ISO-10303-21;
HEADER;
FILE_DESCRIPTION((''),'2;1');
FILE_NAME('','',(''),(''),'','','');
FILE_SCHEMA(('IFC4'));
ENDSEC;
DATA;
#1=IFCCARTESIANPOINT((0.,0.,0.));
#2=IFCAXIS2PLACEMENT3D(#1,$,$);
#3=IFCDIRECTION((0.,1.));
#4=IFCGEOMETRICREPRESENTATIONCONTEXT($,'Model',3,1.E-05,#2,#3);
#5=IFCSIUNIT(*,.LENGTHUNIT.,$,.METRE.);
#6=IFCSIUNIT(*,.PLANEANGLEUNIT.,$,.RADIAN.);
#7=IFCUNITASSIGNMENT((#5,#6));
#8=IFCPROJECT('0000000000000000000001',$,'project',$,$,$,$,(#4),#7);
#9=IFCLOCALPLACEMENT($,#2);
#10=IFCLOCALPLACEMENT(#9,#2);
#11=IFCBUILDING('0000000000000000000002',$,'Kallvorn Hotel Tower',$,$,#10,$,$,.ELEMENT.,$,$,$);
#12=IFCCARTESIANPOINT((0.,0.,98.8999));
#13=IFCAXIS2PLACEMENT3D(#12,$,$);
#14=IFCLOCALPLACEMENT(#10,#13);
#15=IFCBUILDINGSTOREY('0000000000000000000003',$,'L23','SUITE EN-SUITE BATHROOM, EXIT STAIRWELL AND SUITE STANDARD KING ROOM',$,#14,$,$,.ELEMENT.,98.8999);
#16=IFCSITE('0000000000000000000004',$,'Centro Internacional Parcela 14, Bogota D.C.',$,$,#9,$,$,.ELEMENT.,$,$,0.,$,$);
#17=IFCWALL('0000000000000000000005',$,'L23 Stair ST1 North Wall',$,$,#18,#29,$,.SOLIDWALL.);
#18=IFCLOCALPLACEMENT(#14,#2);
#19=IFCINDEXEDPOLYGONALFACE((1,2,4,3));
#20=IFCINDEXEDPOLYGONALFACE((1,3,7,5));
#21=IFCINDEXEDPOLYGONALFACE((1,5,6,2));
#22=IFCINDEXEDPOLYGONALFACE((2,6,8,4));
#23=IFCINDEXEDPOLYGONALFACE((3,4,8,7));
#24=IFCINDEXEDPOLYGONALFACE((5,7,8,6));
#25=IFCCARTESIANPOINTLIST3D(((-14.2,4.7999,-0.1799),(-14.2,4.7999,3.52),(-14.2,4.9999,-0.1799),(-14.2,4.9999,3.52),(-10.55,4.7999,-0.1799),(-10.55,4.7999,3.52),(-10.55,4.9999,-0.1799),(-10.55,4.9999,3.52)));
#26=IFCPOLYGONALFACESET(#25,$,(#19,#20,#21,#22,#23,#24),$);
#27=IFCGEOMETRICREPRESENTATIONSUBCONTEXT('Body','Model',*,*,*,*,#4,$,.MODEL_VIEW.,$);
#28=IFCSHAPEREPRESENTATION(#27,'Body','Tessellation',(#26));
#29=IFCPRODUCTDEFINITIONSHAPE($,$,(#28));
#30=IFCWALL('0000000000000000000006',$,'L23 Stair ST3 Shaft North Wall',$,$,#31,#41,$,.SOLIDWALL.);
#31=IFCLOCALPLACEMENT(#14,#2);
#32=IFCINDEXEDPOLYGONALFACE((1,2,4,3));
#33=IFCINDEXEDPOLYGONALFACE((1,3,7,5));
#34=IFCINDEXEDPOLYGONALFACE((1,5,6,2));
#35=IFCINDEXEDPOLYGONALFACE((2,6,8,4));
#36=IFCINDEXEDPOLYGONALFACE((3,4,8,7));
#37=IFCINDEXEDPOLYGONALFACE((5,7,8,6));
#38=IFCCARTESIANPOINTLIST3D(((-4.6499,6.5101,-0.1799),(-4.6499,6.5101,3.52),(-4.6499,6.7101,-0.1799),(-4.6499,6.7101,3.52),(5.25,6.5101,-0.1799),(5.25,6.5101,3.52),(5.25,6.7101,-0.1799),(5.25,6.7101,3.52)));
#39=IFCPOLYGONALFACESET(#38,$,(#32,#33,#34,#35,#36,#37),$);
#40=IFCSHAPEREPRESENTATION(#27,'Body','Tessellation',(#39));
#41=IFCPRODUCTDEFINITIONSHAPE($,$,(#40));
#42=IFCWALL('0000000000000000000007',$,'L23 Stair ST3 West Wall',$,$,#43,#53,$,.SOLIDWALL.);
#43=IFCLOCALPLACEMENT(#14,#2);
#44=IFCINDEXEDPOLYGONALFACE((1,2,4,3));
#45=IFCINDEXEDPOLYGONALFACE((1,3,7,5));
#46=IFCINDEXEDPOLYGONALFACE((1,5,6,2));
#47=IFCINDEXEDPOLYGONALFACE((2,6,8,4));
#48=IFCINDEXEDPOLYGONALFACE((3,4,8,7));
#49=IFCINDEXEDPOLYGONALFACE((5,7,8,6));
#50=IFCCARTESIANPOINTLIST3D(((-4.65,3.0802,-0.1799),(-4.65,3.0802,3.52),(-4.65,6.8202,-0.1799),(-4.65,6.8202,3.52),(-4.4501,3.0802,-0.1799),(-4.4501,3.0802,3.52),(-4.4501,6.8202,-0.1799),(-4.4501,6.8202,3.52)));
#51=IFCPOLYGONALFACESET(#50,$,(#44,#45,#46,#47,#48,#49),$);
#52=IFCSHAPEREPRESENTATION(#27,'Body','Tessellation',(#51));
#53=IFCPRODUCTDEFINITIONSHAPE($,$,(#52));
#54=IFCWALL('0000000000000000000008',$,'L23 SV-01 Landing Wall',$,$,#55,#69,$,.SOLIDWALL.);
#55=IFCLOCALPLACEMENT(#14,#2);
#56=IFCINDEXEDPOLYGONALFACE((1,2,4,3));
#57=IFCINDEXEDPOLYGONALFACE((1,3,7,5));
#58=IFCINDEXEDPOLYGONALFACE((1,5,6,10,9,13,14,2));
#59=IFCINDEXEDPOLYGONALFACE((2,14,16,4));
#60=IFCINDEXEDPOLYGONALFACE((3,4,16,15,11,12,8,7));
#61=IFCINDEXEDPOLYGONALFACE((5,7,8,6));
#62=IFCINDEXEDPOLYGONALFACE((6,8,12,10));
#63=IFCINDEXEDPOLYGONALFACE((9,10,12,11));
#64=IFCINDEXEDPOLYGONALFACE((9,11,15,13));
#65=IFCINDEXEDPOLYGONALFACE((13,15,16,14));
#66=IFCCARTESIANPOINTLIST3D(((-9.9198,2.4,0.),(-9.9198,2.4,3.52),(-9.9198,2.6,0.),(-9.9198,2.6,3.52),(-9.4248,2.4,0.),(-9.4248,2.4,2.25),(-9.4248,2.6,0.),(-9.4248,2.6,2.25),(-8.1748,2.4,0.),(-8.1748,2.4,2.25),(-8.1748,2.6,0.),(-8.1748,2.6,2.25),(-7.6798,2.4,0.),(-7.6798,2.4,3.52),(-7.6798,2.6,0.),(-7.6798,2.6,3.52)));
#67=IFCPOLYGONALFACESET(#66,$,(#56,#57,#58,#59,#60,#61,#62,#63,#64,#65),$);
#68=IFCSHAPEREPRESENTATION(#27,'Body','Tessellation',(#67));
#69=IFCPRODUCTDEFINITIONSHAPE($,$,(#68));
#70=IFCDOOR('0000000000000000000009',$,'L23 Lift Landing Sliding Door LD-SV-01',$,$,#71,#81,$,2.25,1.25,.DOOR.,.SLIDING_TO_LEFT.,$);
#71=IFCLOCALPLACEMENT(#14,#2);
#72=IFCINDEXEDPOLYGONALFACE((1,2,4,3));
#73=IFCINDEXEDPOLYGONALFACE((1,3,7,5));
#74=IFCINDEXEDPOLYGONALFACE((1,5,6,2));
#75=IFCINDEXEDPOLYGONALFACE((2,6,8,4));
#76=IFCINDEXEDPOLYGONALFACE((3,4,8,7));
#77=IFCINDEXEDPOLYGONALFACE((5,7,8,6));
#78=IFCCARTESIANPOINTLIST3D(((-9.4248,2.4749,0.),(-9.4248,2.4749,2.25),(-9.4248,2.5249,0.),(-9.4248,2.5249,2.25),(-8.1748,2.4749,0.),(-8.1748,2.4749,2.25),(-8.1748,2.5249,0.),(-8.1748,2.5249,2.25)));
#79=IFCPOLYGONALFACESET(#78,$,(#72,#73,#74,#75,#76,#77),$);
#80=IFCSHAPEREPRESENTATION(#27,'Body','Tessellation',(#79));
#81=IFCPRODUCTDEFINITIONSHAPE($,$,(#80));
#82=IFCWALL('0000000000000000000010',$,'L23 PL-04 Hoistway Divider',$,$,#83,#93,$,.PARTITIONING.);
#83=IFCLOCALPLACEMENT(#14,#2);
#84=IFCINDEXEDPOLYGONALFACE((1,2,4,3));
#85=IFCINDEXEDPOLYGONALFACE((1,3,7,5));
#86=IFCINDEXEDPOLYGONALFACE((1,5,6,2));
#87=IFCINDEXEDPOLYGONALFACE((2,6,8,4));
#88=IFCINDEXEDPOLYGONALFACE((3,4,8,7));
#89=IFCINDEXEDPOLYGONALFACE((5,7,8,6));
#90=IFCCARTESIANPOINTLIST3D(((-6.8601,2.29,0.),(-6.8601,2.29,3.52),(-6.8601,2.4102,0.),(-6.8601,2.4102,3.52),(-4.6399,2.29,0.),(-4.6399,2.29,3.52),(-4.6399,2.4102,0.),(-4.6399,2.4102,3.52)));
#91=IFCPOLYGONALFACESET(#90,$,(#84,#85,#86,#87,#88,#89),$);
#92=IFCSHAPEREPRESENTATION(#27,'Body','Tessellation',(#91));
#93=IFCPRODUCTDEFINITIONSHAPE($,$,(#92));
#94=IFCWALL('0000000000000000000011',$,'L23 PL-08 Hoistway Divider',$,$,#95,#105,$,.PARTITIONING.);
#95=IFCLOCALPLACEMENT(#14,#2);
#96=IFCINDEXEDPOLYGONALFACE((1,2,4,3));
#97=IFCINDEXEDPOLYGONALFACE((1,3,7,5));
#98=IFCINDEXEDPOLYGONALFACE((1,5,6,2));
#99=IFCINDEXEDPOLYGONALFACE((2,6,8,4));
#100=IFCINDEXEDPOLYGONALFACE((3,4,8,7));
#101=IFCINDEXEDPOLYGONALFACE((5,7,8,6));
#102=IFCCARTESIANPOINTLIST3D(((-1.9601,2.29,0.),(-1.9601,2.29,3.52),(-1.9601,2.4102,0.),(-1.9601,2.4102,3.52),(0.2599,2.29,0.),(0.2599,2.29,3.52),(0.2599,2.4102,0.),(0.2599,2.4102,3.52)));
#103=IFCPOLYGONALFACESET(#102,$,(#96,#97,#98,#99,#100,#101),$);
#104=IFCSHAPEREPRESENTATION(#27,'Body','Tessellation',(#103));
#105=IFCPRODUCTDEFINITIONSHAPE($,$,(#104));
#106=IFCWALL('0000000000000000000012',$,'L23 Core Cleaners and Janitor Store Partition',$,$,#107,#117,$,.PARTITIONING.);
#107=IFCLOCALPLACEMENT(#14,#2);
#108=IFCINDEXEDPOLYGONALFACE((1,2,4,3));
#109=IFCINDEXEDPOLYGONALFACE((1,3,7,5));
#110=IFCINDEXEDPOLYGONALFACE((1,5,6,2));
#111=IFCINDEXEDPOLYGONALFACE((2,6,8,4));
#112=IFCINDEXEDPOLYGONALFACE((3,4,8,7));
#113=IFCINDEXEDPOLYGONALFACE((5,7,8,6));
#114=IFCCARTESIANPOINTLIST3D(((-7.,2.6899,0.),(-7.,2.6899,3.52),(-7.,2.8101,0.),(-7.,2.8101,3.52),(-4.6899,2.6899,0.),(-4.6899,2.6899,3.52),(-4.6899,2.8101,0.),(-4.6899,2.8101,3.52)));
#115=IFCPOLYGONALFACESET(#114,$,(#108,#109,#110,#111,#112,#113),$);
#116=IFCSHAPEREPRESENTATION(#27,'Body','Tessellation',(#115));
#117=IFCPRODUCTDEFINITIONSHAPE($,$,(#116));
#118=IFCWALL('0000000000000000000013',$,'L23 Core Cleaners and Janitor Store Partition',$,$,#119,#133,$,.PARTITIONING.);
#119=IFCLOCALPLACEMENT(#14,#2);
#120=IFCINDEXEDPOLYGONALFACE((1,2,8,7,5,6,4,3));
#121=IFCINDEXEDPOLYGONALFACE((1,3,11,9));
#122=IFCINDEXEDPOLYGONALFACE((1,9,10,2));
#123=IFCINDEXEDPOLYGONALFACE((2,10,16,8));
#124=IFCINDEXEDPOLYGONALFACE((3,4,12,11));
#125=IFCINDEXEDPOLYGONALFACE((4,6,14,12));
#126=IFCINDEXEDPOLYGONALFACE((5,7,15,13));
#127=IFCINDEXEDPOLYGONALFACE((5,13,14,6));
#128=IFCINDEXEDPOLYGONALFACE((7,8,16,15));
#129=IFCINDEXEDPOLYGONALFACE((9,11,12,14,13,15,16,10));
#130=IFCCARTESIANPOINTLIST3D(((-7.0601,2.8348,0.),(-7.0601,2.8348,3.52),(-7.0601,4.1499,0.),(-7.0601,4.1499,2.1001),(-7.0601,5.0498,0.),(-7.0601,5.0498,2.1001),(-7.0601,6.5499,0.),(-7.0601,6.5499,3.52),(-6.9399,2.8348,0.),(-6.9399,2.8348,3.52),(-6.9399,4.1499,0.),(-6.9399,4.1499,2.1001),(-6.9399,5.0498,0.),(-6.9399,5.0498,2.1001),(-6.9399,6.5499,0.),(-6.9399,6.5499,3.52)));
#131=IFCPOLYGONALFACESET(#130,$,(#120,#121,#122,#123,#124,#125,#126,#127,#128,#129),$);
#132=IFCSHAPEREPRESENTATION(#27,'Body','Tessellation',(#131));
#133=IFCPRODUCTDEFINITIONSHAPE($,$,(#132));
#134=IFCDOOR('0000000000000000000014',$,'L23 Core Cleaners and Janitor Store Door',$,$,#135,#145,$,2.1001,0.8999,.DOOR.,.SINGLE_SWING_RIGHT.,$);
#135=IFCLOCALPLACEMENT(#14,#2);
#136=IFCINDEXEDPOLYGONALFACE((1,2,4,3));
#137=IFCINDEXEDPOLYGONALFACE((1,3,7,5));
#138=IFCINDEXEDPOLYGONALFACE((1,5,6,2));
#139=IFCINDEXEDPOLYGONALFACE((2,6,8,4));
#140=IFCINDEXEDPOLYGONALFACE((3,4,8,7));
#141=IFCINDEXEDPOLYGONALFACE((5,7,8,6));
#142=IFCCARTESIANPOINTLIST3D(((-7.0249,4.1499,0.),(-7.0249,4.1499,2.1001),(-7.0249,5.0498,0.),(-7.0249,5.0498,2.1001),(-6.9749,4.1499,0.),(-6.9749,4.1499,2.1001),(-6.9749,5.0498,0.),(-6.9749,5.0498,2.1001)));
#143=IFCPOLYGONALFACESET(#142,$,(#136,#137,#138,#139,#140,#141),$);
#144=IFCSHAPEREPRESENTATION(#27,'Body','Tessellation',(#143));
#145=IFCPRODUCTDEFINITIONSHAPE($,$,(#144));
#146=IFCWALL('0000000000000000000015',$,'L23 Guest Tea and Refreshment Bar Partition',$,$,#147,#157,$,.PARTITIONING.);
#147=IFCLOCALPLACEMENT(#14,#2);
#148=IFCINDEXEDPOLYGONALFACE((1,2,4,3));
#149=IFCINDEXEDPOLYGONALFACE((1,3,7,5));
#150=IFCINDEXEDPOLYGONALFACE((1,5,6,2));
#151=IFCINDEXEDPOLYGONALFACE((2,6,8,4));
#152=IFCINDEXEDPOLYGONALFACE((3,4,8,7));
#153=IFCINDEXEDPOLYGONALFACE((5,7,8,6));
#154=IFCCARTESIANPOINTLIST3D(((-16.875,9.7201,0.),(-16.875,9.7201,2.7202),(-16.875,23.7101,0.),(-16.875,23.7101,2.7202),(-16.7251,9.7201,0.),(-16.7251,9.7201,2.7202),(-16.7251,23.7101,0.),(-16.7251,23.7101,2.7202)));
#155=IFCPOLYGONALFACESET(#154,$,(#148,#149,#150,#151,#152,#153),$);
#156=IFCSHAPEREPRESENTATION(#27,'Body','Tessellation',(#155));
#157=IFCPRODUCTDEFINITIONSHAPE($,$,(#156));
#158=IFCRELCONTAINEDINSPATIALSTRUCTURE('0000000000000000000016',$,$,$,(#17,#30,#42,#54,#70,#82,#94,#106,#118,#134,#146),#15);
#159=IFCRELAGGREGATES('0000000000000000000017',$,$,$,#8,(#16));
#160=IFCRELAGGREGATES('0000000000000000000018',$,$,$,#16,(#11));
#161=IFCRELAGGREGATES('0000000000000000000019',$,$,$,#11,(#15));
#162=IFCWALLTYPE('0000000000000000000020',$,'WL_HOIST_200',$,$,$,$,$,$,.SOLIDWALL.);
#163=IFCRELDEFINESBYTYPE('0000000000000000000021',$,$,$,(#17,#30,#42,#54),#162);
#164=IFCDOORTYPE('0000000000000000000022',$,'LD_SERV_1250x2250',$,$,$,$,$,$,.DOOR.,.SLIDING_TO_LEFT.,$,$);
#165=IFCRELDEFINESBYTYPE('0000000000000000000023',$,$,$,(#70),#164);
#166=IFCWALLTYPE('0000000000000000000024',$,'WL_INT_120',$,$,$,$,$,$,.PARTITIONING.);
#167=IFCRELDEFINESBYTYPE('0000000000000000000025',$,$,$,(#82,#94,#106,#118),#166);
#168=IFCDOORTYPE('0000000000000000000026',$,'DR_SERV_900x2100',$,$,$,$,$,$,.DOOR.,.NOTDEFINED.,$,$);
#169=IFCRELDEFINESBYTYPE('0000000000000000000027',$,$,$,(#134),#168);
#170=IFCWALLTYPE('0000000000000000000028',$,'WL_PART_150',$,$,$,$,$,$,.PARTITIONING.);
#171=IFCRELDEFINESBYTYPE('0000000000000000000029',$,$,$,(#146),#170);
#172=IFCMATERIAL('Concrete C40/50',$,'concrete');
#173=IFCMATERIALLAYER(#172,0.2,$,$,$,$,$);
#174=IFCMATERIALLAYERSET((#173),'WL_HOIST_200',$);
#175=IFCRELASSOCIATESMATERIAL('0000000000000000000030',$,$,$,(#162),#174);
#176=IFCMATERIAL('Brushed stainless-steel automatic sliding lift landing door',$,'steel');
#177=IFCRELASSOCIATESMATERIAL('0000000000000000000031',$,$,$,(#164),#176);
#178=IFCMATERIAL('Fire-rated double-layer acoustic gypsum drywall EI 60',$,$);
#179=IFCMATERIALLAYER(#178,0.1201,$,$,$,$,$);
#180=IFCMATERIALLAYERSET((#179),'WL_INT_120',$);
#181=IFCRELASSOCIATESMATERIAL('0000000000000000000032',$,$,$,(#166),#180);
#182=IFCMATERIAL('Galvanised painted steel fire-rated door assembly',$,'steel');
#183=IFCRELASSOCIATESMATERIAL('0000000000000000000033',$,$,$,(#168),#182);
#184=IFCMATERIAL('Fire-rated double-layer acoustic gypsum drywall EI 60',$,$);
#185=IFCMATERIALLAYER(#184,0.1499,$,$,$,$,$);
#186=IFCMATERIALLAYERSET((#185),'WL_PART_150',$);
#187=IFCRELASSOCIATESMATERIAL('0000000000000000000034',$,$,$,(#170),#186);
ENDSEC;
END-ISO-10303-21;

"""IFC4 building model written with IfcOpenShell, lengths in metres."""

from ifc_helpers import new_model, si_unit, direction, frame, frame_2d, origin, place, context, subcontext, project, spatial, rectangle, extrude, material, layer, layer_set, type_object, element, fill, save


model = new_model("IFC4")

# Units and contexts
model_context = context("Model", 3, precision=1e-05, world=origin(), true_north=direction((0.0, 1.0)))
body_context = subcontext(model_context, "Body", "Model", "MODEL_VIEW")
ifc_project = project(units=[si_unit("LENGTHUNIT", "METRE"), si_unit("PLANEANGLEUNIT", "RADIAN")], contexts=[model_context])

# Site, building, storey
site_placement = place(None, origin())
site = spatial("IfcSite", under=ifc_project, at=site_placement, Name="Centro Internacional Parcela 14, Bogota D.C.", CompositionType="ELEMENT", RefElevation=0.0)
building_placement = place(site_placement, origin())
building = spatial("IfcBuilding", under=site, at=building_placement, Name="Kallvorn Hotel Tower", CompositionType="ELEMENT")
storey_placement = place(building_placement, frame((0.0, 0.0, 98.8999)))
storey = spatial("IfcBuildingStorey", under=building, at=storey_placement, Name="L23", Description="SUITE EN-SUITE BATHROOM, EXIT STAIRWELL AND SUITE STANDARD KING ROOM", CompositionType="ELEMENT", Elevation=98.8999)

# Walls
ifc_material_1 = material(Name="Concrete C40/50", Category="concrete")
ifc_layer_1 = layer(ifc_material_1, 0.2)
ifc_layer_set_1 = layer_set([ifc_layer_1], Name="WL_HOIST_200")
wall_type_1 = type_object("IfcWallType", Name="WL_HOIST_200", PredefinedType="SOLIDWALL", material=ifc_layer_set_1)
wall_1_placement = place(storey_placement, frame((-14.2, 4.8999, -0.1799), z_axis=(0.0, 0.0, 1.0), x_axis=(1.0, 0.0, 0.0)))
element("IfcWall", 1, at=wall_1_placement, inside=storey, type_object=wall_type_1, Name="L23 Stair ST1 North Wall", PredefinedType="SOLIDWALL", context=body_context, shape_type="SweptSolid", body=[
    extrude(rectangle(XDim=3.6499, YDim=0.2, at=frame_2d((1.825, 0.0))), origin(), (0.0, 0.0, 1.0), 3.7),
])
wall_2_placement = place(storey_placement, frame((-4.6499, 6.6101, -0.1799), z_axis=(0.0, 0.0, 1.0), x_axis=(1.0, 0.0, 0.0)))
element("IfcWall", 2, at=wall_2_placement, inside=storey, type_object=wall_type_1, Name="L23 Stair ST3 Shaft North Wall", PredefinedType="SOLIDWALL", context=body_context, shape_type="SweptSolid", body=[
    extrude(rectangle(XDim=9.8999, YDim=0.2, at=frame_2d((4.95, 0.0))), origin(), (0.0, 0.0, 1.0), 3.7),
])
wall_3_placement = place(storey_placement, frame((-4.55, 3.0801, -0.1799), z_axis=(0.0, 0.0, 1.0), x_axis=(0.0, 1.0, 0.0)))
element("IfcWall", 3, at=wall_3_placement, inside=storey, type_object=wall_type_1, Name="L23 Stair ST3 West Wall", PredefinedType="SOLIDWALL", context=body_context, shape_type="SweptSolid", body=[
    extrude(rectangle(XDim=3.74, YDim=0.2, at=frame_2d((1.8701, 0.0))), origin(), (0.0, 0.0, 1.0), 3.7),
])

# Wall, opening, door
wall_4_placement = place(storey_placement, frame((-9.9199, 2.5, 0.0), z_axis=(0.0, 0.0, 1.0), x_axis=(1.0, 0.0, 0.0)))
wall_4 = element("IfcWall", 4, at=wall_4_placement, inside=storey, type_object=wall_type_1, Name="L23 SV-01 Landing Wall", PredefinedType="SOLIDWALL", context=body_context, shape_type="SweptSolid", body=[
    extrude(rectangle(XDim=2.24, YDim=0.2, at=frame_2d((1.1201, 0.0))), origin(), (0.0, 0.0, 1.0), 3.52),
])
opening_1_placement = place(wall_4_placement, frame((0.4951, 0.0, 0.0)))
opening_1 = element("IfcOpeningElement", 5, at=opening_1_placement, cuts=wall_4, PredefinedType="OPENING", context=body_context, shape_type="SweptSolid", body=[
    extrude(rectangle(XDim=1.25, YDim=2.25, at=frame_2d((0.625, 1.125))), frame((0.0, 0.115, 0.0), z_axis=(0.0, -1.0, 0.0), x_axis=(1.0, 0.0, 0.0)), (0.0, 0.0, 1.0), 0.23),
])
ifc_material_2 = material(Name="Brushed stainless-steel automatic sliding lift landing door", Category="steel")
door_type_1 = type_object("IfcDoorType", Name="LD_SERV_1250x2250", OperationType="SLIDING_TO_LEFT", PredefinedType="DOOR", material=ifc_material_2)
door_1_placement = place(opening_1_placement, origin())
door_1 = element("IfcDoor", 6, at=door_1_placement, inside=storey, type_object=door_type_1, Name="L23 Lift Landing Sliding Door LD-SV-01", OperationType="SLIDING_TO_LEFT", OverallHeight=2.25, OverallWidth=1.25, PredefinedType="DOOR", context=body_context, shape_type="SweptSolid", body=[
    extrude(rectangle(XDim=1.25, YDim=2.25, at=frame_2d((0.625, 1.125))), frame((0.0, 0.0249, 0.0), z_axis=(0.0, -1.0, 0.0), x_axis=(1.0, 0.0, 0.0)), (0.0, 0.0, 1.0), 0.05),
])
fill(opening_1, door_1)

# Walls
ifc_material_3 = material(Name="Fire-rated double-layer acoustic gypsum drywall EI 60")
ifc_layer_2 = layer(ifc_material_3, 0.1201)
ifc_layer_set_2 = layer_set([ifc_layer_2], Name="WL_INT_120")
wall_type_2 = type_object("IfcWallType", Name="WL_INT_120", PredefinedType="PARTITIONING", material=ifc_layer_set_2)
wall_5_placement = place(storey_placement, frame((-6.8601, 2.3501, 0.0), z_axis=(0.0, 0.0, 1.0), x_axis=(1.0, 0.0, 0.0)))
element("IfcWall", 7, at=wall_5_placement, inside=storey, type_object=wall_type_2, Name="L23 PL-04 Hoistway Divider", PredefinedType="PARTITIONING", context=body_context, shape_type="SweptSolid", body=[
    extrude(rectangle(XDim=2.2202, YDim=0.1201, at=frame_2d((1.1101, 0.0))), origin(), (0.0, 0.0, 1.0), 3.52),
])
wall_6_placement = place(storey_placement, frame((-1.96, 2.3501, 0.0), z_axis=(0.0, 0.0, 1.0), x_axis=(1.0, 0.0, 0.0)))
element("IfcWall", 8, at=wall_6_placement, inside=storey, type_object=wall_type_2, Name="L23 PL-08 Hoistway Divider", PredefinedType="PARTITIONING", context=body_context, shape_type="SweptSolid", body=[
    extrude(rectangle(XDim=2.22, YDim=0.1201, at=frame_2d((1.1099, 0.0))), origin(), (0.0, 0.0, 1.0), 3.52),
])
wall_7_placement = place(storey_placement, frame((-7.0, 2.75, 0.0), z_axis=(0.0, 0.0, 1.0), x_axis=(1.0, 0.0, 0.0)))
element("IfcWall", 9, at=wall_7_placement, inside=storey, type_object=wall_type_2, Name="L23 Core Cleaners and Janitor Store Partition", PredefinedType="PARTITIONING", context=body_context, shape_type="SweptSolid", body=[
    extrude(rectangle(XDim=2.3101, YDim=0.1201, at=frame_2d((1.155, 0.0))), origin(), (0.0, 0.0, 1.0), 3.52),
])

# Wall, opening, door
wall_8_placement = place(storey_placement, frame((-7.0, 2.835, 0.0), z_axis=(0.0, 0.0, 1.0), x_axis=(0.0, 1.0, 0.0)))
wall_8 = element("IfcWall", 10, at=wall_8_placement, inside=storey, type_object=wall_type_2, Name="L23 Core Cleaners and Janitor Store Partition", PredefinedType="PARTITIONING", context=body_context, shape_type="SweptSolid", body=[
    extrude(rectangle(XDim=3.7151, YDim=0.1201, at=frame_2d((1.8574, 0.0))), origin(), (0.0, 0.0, 1.0), 3.52),
])
opening_2_placement = place(wall_8_placement, frame((1.3149, 0.0, 0.0)))
opening_2 = element("IfcOpeningElement", 11, at=opening_2_placement, cuts=wall_8, PredefinedType="OPENING", context=body_context, shape_type="SweptSolid", body=[
    extrude(rectangle(XDim=0.8999, YDim=2.1001, at=frame_2d((0.45, 1.05))), frame((0.0, 0.075, 0.0), z_axis=(0.0, -1.0, 0.0), x_axis=(1.0, 0.0, 0.0)), (0.0, 0.0, 1.0), 0.1501),
])
ifc_material_4 = material(Name="Galvanised painted steel fire-rated door assembly", Category="steel")
door_type_2 = type_object("IfcDoorType", Name="DR_SERV_900x2100", OperationType="NOTDEFINED", PredefinedType="DOOR", material=ifc_material_4)
door_2_placement = place(opening_2_placement, origin())
door_2 = element("IfcDoor", 12, at=door_2_placement, inside=storey, type_object=door_type_2, Name="L23 Core Cleaners and Janitor Store Door", OperationType="SINGLE_SWING_RIGHT", OverallHeight=2.1001, OverallWidth=0.8999, PredefinedType="DOOR", context=body_context, shape_type="SweptSolid", body=[
    extrude(rectangle(XDim=0.8999, YDim=2.1001, at=frame_2d((0.45, 1.05))), frame((0.0, 0.0249, 0.0), z_axis=(0.0, -1.0, 0.0), x_axis=(1.0, 0.0, 0.0)), (0.0, 0.0, 1.0), 0.05),
])
fill(opening_2, door_2)

# Wall
ifc_material_5 = material(Name="Fire-rated double-layer acoustic gypsum drywall EI 60")
ifc_layer_3 = layer(ifc_material_5, 0.1499)
ifc_layer_set_3 = layer_set([ifc_layer_3], Name="WL_PART_150")
wall_type_3 = type_object("IfcWallType", Name="WL_PART_150", PredefinedType="PARTITIONING", material=ifc_layer_set_3)
wall_9_placement = place(storey_placement, frame((-16.8, 9.72, 0.0), z_axis=(0.0, 0.0, 1.0), x_axis=(0.0, 1.0, 0.0)))
element("IfcWall", 13, at=wall_9_placement, inside=storey, type_object=wall_type_3, Name="L23 Guest Tea and Refreshment Bar Partition", PredefinedType="PARTITIONING", context=body_context, shape_type="SweptSolid", body=[
    extrude(rectangle(XDim=13.99, YDim=0.1499, at=frame_2d((6.9951, 0.0))), origin(), (0.0, 0.0, 1.0), 2.7202),
])

save(model, "model.ifc")
